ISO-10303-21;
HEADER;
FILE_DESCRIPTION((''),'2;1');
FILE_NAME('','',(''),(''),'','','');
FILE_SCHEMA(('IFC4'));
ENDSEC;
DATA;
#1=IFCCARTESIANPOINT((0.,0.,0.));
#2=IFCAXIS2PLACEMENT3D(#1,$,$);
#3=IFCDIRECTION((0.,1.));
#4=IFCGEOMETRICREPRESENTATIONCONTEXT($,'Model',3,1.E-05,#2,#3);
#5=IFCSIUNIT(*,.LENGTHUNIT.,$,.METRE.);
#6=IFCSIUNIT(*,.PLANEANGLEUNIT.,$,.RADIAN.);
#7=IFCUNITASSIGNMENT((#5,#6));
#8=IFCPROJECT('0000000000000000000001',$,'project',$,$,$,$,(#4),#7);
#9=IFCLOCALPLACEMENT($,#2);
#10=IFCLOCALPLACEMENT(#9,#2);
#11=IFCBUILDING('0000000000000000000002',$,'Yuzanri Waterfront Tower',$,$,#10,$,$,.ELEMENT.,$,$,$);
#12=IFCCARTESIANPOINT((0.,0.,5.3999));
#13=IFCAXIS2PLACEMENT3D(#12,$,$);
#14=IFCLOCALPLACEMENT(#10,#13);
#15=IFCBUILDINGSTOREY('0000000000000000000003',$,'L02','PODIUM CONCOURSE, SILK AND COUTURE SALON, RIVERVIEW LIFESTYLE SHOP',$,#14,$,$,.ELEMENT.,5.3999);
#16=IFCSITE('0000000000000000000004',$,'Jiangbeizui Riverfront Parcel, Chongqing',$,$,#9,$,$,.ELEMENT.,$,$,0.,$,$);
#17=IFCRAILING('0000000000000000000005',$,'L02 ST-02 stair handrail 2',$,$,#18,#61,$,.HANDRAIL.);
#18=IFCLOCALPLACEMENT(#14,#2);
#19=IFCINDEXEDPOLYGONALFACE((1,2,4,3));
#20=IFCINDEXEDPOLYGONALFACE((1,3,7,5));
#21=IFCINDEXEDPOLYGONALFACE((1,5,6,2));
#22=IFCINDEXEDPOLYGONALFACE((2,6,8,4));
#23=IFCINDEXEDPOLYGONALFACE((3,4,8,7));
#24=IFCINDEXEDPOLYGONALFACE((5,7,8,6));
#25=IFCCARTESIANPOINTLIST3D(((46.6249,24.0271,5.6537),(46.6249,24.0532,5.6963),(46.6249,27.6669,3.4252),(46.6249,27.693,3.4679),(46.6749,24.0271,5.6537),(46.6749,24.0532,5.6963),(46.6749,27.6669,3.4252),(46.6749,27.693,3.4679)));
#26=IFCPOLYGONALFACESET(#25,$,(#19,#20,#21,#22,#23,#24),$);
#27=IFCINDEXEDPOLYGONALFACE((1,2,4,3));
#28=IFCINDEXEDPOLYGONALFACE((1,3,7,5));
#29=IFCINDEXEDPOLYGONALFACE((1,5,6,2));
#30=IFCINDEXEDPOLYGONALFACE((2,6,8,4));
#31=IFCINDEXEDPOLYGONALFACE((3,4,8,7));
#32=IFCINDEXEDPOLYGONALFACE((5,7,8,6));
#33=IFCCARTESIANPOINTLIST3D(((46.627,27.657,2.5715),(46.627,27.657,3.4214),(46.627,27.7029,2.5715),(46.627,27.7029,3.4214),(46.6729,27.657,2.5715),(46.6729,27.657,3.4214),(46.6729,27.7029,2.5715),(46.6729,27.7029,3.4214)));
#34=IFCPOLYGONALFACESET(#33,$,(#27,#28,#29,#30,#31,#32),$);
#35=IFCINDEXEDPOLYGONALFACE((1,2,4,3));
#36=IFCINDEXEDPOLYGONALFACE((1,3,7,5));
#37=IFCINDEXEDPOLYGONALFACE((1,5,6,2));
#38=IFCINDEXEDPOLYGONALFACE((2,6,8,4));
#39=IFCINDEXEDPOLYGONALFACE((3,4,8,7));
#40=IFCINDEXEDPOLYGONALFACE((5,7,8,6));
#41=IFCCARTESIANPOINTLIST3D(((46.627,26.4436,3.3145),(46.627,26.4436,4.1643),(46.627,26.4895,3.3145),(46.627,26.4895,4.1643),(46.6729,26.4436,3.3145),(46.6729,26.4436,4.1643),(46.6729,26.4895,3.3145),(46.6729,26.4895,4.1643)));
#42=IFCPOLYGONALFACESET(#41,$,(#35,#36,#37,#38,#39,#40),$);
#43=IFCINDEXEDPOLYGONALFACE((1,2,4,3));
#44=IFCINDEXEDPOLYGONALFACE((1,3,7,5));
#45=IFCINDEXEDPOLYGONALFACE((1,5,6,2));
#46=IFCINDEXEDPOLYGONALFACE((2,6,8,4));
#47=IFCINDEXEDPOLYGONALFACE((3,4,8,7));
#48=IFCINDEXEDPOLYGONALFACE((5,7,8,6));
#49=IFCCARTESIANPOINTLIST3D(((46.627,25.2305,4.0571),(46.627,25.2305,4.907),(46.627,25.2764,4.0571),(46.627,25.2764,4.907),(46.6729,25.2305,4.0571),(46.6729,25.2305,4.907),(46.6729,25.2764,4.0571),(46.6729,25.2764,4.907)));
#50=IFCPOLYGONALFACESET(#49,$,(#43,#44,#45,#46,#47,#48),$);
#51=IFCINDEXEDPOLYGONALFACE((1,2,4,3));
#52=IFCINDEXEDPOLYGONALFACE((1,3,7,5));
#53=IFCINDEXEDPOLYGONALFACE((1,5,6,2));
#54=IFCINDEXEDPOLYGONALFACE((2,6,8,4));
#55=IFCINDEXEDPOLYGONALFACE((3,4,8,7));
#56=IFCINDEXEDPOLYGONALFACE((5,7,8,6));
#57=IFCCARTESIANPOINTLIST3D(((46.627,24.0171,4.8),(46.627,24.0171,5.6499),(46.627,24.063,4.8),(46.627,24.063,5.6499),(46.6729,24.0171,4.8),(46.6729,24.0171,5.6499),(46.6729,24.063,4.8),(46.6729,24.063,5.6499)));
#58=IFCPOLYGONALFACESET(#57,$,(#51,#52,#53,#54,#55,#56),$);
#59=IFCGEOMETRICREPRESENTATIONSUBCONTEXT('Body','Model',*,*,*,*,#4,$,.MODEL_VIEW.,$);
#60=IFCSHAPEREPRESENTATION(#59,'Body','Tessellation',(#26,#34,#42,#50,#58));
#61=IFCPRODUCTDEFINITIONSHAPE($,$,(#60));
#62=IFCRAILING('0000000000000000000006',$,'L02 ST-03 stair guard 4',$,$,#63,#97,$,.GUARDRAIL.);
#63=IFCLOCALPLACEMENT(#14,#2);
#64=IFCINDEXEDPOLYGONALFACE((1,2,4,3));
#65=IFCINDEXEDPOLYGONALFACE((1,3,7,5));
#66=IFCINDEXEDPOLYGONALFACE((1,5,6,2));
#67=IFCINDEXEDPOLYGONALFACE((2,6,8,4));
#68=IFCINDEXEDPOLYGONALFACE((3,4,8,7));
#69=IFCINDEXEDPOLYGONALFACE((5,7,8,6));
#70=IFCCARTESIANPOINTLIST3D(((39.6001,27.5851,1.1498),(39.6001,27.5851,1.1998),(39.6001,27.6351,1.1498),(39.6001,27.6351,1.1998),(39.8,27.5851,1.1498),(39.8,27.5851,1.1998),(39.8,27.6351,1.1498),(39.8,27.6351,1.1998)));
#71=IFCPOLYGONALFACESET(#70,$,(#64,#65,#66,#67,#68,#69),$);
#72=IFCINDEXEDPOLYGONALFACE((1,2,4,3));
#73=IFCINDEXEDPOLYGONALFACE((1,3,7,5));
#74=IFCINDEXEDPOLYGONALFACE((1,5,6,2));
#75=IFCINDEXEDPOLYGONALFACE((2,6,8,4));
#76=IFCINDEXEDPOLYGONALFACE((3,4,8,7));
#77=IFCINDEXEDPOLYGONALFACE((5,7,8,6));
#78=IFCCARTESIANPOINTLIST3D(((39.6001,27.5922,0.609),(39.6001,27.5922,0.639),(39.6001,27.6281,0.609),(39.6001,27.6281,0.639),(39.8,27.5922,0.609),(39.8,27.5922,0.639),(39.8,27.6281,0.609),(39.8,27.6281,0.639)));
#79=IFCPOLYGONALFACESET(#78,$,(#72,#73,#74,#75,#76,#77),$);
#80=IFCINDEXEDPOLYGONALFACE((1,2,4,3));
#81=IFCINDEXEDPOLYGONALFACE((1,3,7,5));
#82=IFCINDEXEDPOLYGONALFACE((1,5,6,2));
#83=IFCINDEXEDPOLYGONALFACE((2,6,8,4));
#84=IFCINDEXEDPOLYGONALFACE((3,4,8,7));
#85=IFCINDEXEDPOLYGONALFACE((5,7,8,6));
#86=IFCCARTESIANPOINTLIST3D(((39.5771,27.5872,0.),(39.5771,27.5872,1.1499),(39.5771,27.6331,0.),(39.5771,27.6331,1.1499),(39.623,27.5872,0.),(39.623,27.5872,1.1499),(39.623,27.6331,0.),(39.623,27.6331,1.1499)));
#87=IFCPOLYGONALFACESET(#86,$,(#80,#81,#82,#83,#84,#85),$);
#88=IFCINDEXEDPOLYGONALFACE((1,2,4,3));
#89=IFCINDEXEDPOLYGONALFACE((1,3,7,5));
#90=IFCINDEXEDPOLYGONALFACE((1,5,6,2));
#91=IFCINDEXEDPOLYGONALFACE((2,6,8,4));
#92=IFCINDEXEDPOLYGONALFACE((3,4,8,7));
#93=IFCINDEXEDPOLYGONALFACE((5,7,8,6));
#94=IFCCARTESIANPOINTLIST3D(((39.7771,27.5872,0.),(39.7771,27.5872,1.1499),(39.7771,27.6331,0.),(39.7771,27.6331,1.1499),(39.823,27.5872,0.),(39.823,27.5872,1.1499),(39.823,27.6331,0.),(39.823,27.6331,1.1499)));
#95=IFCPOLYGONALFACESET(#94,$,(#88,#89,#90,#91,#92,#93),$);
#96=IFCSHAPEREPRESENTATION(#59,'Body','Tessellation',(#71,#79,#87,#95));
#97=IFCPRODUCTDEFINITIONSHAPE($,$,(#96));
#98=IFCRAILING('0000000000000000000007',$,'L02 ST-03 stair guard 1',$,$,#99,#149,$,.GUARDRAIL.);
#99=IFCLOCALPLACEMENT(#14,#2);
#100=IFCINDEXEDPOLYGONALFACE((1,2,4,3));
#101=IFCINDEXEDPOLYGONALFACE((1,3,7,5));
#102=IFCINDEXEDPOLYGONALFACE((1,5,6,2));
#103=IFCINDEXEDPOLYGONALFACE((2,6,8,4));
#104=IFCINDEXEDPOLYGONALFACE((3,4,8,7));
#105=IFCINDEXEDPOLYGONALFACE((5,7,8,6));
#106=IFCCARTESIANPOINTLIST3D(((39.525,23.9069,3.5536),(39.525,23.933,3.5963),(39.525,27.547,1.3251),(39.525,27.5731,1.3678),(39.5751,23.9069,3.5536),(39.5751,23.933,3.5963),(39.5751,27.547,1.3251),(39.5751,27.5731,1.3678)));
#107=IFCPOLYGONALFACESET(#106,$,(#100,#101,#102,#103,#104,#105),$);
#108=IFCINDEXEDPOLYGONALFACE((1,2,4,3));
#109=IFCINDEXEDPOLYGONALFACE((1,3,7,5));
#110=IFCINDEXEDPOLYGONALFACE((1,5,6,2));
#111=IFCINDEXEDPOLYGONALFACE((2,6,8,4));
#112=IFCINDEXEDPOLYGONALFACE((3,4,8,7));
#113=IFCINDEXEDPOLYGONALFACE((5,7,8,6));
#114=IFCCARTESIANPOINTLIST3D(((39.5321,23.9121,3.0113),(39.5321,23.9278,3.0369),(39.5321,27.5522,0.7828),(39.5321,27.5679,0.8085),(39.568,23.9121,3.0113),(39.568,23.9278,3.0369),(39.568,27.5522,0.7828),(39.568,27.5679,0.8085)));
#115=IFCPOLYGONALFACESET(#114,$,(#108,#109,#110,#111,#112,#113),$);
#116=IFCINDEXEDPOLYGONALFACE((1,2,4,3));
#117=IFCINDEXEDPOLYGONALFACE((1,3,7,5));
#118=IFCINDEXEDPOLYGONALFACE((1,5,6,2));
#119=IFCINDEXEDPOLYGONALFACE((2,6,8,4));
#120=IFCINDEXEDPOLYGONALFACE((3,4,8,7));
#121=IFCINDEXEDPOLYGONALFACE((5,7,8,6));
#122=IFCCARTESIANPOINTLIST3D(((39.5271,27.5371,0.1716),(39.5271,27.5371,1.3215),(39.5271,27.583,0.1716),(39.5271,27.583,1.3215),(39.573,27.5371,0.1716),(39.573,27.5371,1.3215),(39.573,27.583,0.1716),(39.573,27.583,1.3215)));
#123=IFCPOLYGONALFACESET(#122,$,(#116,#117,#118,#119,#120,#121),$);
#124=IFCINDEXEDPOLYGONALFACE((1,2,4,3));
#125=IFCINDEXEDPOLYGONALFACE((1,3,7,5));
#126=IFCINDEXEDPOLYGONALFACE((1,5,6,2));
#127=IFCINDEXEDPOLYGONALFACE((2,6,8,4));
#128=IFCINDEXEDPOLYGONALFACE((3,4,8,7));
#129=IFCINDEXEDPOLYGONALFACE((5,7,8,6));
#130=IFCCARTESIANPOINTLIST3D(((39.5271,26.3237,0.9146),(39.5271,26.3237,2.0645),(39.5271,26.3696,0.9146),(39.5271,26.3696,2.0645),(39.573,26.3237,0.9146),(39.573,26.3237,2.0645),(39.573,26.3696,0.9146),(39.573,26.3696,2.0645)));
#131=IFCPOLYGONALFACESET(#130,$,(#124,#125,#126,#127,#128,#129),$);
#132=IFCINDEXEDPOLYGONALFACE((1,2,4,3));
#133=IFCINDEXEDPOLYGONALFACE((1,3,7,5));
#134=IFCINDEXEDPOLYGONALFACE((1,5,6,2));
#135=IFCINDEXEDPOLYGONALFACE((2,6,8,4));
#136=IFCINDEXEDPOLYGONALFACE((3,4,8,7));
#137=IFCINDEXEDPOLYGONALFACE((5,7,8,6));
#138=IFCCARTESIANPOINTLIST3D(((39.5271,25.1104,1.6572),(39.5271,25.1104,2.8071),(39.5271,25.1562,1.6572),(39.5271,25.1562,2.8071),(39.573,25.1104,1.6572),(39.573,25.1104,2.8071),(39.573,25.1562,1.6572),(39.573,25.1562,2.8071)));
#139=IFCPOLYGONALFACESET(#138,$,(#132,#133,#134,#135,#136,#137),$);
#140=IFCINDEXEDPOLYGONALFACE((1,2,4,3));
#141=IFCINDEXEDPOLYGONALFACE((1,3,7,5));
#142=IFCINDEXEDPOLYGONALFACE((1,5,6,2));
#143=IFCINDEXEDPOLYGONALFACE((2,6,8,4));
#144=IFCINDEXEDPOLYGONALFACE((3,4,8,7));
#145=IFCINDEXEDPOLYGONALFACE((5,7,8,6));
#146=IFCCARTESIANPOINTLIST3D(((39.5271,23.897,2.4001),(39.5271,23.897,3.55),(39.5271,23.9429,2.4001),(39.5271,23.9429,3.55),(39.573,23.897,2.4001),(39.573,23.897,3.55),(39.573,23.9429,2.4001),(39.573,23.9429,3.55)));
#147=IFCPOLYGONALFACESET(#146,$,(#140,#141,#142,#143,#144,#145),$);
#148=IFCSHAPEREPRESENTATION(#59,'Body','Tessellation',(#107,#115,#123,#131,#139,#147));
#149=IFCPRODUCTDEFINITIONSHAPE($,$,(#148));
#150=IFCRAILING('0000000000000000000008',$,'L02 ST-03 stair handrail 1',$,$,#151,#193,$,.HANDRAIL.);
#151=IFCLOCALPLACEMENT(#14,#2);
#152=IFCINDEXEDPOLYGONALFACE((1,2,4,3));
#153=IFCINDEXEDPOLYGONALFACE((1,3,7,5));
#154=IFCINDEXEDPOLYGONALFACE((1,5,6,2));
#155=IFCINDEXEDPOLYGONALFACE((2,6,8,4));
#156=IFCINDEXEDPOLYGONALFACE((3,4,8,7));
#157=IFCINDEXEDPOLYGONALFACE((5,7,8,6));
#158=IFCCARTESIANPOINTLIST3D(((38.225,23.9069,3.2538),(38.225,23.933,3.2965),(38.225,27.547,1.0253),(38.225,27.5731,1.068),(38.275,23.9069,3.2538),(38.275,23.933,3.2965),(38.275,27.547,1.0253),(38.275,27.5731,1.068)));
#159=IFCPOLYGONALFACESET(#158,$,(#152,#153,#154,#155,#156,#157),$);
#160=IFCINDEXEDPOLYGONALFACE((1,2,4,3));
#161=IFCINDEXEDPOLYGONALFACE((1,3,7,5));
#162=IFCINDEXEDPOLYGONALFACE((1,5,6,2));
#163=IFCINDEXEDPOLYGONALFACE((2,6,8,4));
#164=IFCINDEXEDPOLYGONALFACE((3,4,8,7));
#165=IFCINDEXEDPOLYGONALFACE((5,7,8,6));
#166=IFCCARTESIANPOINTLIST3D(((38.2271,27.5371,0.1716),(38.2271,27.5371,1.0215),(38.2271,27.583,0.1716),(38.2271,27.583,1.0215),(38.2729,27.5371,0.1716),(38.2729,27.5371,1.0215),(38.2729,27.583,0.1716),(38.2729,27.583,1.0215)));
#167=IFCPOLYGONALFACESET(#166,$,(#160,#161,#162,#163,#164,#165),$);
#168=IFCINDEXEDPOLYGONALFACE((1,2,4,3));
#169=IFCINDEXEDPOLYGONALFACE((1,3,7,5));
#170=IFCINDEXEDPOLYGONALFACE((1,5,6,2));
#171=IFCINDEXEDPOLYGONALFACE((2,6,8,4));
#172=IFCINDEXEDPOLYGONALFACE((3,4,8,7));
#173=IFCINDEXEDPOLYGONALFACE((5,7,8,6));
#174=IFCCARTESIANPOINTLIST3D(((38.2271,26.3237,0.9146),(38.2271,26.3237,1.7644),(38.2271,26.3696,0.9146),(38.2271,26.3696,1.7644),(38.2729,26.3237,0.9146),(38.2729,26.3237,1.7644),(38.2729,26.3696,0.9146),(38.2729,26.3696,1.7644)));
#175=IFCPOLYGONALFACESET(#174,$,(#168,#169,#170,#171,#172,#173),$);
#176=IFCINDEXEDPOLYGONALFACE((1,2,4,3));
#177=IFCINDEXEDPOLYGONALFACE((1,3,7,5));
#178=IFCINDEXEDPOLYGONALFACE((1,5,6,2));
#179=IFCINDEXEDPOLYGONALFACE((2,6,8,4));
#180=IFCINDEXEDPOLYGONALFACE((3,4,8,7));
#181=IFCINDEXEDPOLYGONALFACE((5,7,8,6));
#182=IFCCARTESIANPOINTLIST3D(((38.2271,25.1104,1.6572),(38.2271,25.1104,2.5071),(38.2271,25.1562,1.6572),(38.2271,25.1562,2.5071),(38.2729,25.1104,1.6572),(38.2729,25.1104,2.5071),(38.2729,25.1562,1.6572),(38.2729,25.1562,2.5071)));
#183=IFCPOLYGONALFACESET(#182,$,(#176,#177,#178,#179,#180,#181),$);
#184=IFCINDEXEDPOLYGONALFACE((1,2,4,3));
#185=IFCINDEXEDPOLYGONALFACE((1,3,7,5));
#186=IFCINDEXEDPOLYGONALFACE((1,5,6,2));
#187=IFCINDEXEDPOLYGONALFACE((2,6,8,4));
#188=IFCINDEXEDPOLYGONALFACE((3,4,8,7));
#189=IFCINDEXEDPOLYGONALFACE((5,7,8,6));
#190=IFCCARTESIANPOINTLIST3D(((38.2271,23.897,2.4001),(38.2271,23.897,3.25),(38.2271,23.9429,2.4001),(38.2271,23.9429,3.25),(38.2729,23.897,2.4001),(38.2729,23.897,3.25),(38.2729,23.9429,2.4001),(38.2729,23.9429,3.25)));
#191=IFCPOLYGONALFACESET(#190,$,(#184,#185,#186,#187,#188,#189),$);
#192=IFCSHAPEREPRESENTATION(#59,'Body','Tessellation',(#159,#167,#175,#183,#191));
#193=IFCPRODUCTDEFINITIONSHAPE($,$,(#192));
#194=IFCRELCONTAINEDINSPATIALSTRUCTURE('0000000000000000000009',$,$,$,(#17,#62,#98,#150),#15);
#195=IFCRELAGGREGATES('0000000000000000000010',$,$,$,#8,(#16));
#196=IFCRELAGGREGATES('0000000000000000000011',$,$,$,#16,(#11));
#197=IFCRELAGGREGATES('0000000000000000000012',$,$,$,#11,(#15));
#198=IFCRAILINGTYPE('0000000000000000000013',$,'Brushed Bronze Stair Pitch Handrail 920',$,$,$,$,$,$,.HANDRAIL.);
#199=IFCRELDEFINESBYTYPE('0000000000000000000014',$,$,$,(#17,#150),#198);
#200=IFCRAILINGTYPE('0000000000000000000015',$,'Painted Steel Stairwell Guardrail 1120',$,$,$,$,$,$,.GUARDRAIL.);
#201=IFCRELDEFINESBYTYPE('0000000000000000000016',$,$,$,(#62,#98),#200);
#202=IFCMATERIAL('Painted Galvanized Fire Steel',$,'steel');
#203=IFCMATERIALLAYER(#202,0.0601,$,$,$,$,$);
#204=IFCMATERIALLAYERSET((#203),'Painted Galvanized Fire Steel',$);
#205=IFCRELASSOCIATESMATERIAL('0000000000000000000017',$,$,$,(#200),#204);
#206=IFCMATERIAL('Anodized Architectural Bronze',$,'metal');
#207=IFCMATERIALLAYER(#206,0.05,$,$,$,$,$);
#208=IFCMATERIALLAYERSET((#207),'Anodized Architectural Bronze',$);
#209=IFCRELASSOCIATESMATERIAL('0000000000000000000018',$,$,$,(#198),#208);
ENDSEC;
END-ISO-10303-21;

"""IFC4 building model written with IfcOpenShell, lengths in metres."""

from ifc_helpers import new_model, si_unit, direction, frame, origin, origin_2d, place, context, subcontext, project, spatial, rectangle, extrude, source, transform, mapped, material, layer, layer_set, type_object, element, save


model = new_model("IFC4")

# Units and contexts
model_context = context("Model", 3, precision=1e-05, world=origin(), true_north=direction((0.0, 1.0)))
body_context = subcontext(model_context, "Body", "Model", "MODEL_VIEW")
ifc_project = project(units=[si_unit("LENGTHUNIT", "METRE"), si_unit("PLANEANGLEUNIT", "RADIAN")], contexts=[model_context])

# Site, building, storey
site_placement = place(None, origin())
site = spatial("IfcSite", under=ifc_project, at=site_placement, Name="Jiangbeizui Riverfront Parcel, Chongqing", CompositionType="ELEMENT", RefElevation=0.0)
building_placement = place(site_placement, origin())
building = spatial("IfcBuilding", under=site, at=building_placement, Name="Yuzanri Waterfront Tower", CompositionType="ELEMENT")
storey_placement = place(building_placement, frame((0.0, 0.0, 5.3999)))
storey = spatial("IfcBuildingStorey", under=building, at=storey_placement, Name="L02", Description="PODIUM CONCOURSE, SILK AND COUTURE SALON, RIVERVIEW LIFESTYLE SHOP", CompositionType="ELEMENT", Elevation=5.3999)

# Railings
ifc_material_1 = material(Name="Painted Galvanized Fire Steel", Category="steel")
ifc_layer_1 = layer(ifc_material_1, 0.0601)
ifc_layer_set_1 = layer_set([ifc_layer_1], Name="Painted Galvanized Fire Steel")
railing_type_1 = type_object("IfcRailingType", Name="Painted Steel Stairwell Guardrail 1120", PredefinedType="GUARDRAIL", material=ifc_layer_set_1)
ifc_material_2 = material(Name="Anodized Architectural Bronze", Category="metal")
ifc_layer_2 = layer(ifc_material_2, 0.05)
ifc_layer_set_2 = layer_set([ifc_layer_2], Name="Anodized Architectural Bronze")
railing_type_2 = type_object("IfcRailingType", Name="Brushed Bronze Stair Pitch Handrail 920", PredefinedType="HANDRAIL", material=ifc_layer_set_2)
shared_shape_1 = source(origin(), body_context, "Body", "SweptSolid", [
    extrude(rectangle(XDim=0.05, YDim=0.05, at=origin_2d()), frame((0.0, 0.0, 0.875), z_axis=(0.0, -0.85285, 0.522156), x_axis=(1.0, 0.0, 0.0)), (0.0, 0.0, 1.0), 4.2678),
    extrude(rectangle(XDim=0.0459, YDim=0.0459, at=origin_2d()), origin(), (0.0, 0.0, 1.0), 0.8499),
    extrude(rectangle(XDim=0.0459, YDim=0.0459, at=origin_2d()), frame((0.0, -1.2134, 0.7429)), (0.0, 0.0, 1.0), 0.8499),
    extrude(rectangle(XDim=0.0459, YDim=0.0459, at=origin_2d()), frame((0.0, -2.4265, 1.4856)), (0.0, 0.0, 1.0), 0.8499),
    extrude(rectangle(XDim=0.0459, YDim=0.0459, at=origin_2d()), frame((0.0, -3.6399, 2.2285)), (0.0, 0.0, 1.0), 0.8499),
])
railing_1_placement = place(storey_placement, frame((46.6499, 27.6799, 2.5715)))
element("IfcRailing", 1, at=railing_1_placement, inside=storey, type_object=railing_type_2, Name="L02 ST-02 stair handrail 2", PredefinedType="HANDRAIL", context=body_context, shape_type="MappedRepresentation", body=[
    mapped(shared_shape_1, transform((0.0, 0.0, 0.0), scale=1.0)),
])
shared_shape_2 = source(origin(), body_context, "Body", "SweptSolid", [
    extrude(rectangle(XDim=0.05, YDim=0.05, at=origin_2d()), frame((0.0, 0.0, 1.1748), z_axis=(1.0, 0.0, 0.0), x_axis=(0.0, 1.0, 0.0)), (0.0, 0.0, 1.0), 0.2),
    extrude(rectangle(XDim=0.0359, YDim=0.03, at=origin_2d()), frame((0.0, 0.0, 0.624), z_axis=(1.0, 0.0, 0.0), x_axis=(0.0, 1.0, 0.0)), (0.0, 0.0, 1.0), 0.2),
    extrude(rectangle(XDim=0.0459, YDim=0.0459, at=origin_2d()), origin(), (0.0, 0.0, 1.0), 1.1499),
    extrude(rectangle(XDim=0.0459, YDim=0.0459, at=origin_2d()), frame((0.2, 0.0, 0.0)), (0.0, 0.0, 1.0), 1.1499),
])
railing_2_placement = place(storey_placement, frame((39.6001, 27.6101, 0.0)))
element("IfcRailing", 2, at=railing_2_placement, inside=storey, type_object=railing_type_1, Name="L02 ST-03 stair guard 4", PredefinedType="GUARDRAIL", context=body_context, shape_type="MappedRepresentation", body=[
    mapped(shared_shape_2, transform((0.0, 0.0, 0.0), scale=1.0)),
])
shared_shape_3 = source(origin(), body_context, "Body", "SweptSolid", [
    extrude(rectangle(XDim=0.05, YDim=0.05, at=origin_2d()), frame((0.0, 0.0, 1.1748), z_axis=(0.0, -0.852866, 0.52213), x_axis=(1.0, 0.0, 0.0)), (0.0, 0.0, 1.0), 4.2681),
    extrude(rectangle(XDim=0.0359, YDim=0.03, at=origin_2d()), frame((0.0, 0.0, 0.624), z_axis=(0.0, -0.852866, 0.52213), x_axis=(1.0, 0.0, 0.0)), (0.0, 0.0, 1.0), 4.2681),
    extrude(rectangle(XDim=0.0459, YDim=0.0459, at=origin_2d()), origin(), (0.0, 0.0, 1.0), 1.1499),
    extrude(rectangle(XDim=0.0459, YDim=0.0459, at=origin_2d()), frame((0.0, -1.2134, 0.7429)), (0.0, 0.0, 1.0), 1.1499),
    extrude(rectangle(XDim=0.0459, YDim=0.0459, at=origin_2d()), frame((0.0, -2.4268, 1.4856)), (0.0, 0.0, 1.0), 1.1499),
    extrude(rectangle(XDim=0.0459, YDim=0.0459, at=origin_2d()), frame((0.0, -3.6401, 2.2285)), (0.0, 0.0, 1.0), 1.1499),
])
railing_3_placement = place(storey_placement, frame((39.55, 27.5601, 0.1716)))
element("IfcRailing", 3, at=railing_3_placement, inside=storey, type_object=railing_type_1, Name="L02 ST-03 stair guard 1", PredefinedType="GUARDRAIL", context=body_context, shape_type="MappedRepresentation", body=[
    mapped(shared_shape_3, transform((0.0, 0.0, 0.0), scale=1.0)),
])
shared_shape_4 = source(origin(), body_context, "Body", "SweptSolid", [
    extrude(rectangle(XDim=0.05, YDim=0.05, at=origin_2d()), frame((0.0, 0.0, 0.875), z_axis=(0.0, -0.852866, 0.52213), x_axis=(1.0, 0.0, 0.0)), (0.0, 0.0, 1.0), 4.2681),
    extrude(rectangle(XDim=0.0459, YDim=0.0459, at=origin_2d()), origin(), (0.0, 0.0, 1.0), 0.8499),
    extrude(rectangle(XDim=0.0459, YDim=0.0459, at=origin_2d()), frame((0.0, -1.2134, 0.7429)), (0.0, 0.0, 1.0), 0.8499),
    extrude(rectangle(XDim=0.0459, YDim=0.0459, at=origin_2d()), frame((0.0, -2.4268, 1.4856)), (0.0, 0.0, 1.0), 0.8499),
    extrude(rectangle(XDim=0.0459, YDim=0.0459, at=origin_2d()), frame((0.0, -3.6401, 2.2285)), (0.0, 0.0, 1.0), 0.8499),
])
railing_4_placement = place(storey_placement, frame((38.25, 27.5601, 0.1716)))
element("IfcRailing", 4, at=railing_4_placement, inside=storey, type_object=railing_type_2, Name="L02 ST-03 stair handrail 1", PredefinedType="HANDRAIL", context=body_context, shape_type="MappedRepresentation", body=[
    mapped(shared_shape_4, transform((0.0, 0.0, 0.0), scale=1.0)),
])

save(model, "model.ifc")
